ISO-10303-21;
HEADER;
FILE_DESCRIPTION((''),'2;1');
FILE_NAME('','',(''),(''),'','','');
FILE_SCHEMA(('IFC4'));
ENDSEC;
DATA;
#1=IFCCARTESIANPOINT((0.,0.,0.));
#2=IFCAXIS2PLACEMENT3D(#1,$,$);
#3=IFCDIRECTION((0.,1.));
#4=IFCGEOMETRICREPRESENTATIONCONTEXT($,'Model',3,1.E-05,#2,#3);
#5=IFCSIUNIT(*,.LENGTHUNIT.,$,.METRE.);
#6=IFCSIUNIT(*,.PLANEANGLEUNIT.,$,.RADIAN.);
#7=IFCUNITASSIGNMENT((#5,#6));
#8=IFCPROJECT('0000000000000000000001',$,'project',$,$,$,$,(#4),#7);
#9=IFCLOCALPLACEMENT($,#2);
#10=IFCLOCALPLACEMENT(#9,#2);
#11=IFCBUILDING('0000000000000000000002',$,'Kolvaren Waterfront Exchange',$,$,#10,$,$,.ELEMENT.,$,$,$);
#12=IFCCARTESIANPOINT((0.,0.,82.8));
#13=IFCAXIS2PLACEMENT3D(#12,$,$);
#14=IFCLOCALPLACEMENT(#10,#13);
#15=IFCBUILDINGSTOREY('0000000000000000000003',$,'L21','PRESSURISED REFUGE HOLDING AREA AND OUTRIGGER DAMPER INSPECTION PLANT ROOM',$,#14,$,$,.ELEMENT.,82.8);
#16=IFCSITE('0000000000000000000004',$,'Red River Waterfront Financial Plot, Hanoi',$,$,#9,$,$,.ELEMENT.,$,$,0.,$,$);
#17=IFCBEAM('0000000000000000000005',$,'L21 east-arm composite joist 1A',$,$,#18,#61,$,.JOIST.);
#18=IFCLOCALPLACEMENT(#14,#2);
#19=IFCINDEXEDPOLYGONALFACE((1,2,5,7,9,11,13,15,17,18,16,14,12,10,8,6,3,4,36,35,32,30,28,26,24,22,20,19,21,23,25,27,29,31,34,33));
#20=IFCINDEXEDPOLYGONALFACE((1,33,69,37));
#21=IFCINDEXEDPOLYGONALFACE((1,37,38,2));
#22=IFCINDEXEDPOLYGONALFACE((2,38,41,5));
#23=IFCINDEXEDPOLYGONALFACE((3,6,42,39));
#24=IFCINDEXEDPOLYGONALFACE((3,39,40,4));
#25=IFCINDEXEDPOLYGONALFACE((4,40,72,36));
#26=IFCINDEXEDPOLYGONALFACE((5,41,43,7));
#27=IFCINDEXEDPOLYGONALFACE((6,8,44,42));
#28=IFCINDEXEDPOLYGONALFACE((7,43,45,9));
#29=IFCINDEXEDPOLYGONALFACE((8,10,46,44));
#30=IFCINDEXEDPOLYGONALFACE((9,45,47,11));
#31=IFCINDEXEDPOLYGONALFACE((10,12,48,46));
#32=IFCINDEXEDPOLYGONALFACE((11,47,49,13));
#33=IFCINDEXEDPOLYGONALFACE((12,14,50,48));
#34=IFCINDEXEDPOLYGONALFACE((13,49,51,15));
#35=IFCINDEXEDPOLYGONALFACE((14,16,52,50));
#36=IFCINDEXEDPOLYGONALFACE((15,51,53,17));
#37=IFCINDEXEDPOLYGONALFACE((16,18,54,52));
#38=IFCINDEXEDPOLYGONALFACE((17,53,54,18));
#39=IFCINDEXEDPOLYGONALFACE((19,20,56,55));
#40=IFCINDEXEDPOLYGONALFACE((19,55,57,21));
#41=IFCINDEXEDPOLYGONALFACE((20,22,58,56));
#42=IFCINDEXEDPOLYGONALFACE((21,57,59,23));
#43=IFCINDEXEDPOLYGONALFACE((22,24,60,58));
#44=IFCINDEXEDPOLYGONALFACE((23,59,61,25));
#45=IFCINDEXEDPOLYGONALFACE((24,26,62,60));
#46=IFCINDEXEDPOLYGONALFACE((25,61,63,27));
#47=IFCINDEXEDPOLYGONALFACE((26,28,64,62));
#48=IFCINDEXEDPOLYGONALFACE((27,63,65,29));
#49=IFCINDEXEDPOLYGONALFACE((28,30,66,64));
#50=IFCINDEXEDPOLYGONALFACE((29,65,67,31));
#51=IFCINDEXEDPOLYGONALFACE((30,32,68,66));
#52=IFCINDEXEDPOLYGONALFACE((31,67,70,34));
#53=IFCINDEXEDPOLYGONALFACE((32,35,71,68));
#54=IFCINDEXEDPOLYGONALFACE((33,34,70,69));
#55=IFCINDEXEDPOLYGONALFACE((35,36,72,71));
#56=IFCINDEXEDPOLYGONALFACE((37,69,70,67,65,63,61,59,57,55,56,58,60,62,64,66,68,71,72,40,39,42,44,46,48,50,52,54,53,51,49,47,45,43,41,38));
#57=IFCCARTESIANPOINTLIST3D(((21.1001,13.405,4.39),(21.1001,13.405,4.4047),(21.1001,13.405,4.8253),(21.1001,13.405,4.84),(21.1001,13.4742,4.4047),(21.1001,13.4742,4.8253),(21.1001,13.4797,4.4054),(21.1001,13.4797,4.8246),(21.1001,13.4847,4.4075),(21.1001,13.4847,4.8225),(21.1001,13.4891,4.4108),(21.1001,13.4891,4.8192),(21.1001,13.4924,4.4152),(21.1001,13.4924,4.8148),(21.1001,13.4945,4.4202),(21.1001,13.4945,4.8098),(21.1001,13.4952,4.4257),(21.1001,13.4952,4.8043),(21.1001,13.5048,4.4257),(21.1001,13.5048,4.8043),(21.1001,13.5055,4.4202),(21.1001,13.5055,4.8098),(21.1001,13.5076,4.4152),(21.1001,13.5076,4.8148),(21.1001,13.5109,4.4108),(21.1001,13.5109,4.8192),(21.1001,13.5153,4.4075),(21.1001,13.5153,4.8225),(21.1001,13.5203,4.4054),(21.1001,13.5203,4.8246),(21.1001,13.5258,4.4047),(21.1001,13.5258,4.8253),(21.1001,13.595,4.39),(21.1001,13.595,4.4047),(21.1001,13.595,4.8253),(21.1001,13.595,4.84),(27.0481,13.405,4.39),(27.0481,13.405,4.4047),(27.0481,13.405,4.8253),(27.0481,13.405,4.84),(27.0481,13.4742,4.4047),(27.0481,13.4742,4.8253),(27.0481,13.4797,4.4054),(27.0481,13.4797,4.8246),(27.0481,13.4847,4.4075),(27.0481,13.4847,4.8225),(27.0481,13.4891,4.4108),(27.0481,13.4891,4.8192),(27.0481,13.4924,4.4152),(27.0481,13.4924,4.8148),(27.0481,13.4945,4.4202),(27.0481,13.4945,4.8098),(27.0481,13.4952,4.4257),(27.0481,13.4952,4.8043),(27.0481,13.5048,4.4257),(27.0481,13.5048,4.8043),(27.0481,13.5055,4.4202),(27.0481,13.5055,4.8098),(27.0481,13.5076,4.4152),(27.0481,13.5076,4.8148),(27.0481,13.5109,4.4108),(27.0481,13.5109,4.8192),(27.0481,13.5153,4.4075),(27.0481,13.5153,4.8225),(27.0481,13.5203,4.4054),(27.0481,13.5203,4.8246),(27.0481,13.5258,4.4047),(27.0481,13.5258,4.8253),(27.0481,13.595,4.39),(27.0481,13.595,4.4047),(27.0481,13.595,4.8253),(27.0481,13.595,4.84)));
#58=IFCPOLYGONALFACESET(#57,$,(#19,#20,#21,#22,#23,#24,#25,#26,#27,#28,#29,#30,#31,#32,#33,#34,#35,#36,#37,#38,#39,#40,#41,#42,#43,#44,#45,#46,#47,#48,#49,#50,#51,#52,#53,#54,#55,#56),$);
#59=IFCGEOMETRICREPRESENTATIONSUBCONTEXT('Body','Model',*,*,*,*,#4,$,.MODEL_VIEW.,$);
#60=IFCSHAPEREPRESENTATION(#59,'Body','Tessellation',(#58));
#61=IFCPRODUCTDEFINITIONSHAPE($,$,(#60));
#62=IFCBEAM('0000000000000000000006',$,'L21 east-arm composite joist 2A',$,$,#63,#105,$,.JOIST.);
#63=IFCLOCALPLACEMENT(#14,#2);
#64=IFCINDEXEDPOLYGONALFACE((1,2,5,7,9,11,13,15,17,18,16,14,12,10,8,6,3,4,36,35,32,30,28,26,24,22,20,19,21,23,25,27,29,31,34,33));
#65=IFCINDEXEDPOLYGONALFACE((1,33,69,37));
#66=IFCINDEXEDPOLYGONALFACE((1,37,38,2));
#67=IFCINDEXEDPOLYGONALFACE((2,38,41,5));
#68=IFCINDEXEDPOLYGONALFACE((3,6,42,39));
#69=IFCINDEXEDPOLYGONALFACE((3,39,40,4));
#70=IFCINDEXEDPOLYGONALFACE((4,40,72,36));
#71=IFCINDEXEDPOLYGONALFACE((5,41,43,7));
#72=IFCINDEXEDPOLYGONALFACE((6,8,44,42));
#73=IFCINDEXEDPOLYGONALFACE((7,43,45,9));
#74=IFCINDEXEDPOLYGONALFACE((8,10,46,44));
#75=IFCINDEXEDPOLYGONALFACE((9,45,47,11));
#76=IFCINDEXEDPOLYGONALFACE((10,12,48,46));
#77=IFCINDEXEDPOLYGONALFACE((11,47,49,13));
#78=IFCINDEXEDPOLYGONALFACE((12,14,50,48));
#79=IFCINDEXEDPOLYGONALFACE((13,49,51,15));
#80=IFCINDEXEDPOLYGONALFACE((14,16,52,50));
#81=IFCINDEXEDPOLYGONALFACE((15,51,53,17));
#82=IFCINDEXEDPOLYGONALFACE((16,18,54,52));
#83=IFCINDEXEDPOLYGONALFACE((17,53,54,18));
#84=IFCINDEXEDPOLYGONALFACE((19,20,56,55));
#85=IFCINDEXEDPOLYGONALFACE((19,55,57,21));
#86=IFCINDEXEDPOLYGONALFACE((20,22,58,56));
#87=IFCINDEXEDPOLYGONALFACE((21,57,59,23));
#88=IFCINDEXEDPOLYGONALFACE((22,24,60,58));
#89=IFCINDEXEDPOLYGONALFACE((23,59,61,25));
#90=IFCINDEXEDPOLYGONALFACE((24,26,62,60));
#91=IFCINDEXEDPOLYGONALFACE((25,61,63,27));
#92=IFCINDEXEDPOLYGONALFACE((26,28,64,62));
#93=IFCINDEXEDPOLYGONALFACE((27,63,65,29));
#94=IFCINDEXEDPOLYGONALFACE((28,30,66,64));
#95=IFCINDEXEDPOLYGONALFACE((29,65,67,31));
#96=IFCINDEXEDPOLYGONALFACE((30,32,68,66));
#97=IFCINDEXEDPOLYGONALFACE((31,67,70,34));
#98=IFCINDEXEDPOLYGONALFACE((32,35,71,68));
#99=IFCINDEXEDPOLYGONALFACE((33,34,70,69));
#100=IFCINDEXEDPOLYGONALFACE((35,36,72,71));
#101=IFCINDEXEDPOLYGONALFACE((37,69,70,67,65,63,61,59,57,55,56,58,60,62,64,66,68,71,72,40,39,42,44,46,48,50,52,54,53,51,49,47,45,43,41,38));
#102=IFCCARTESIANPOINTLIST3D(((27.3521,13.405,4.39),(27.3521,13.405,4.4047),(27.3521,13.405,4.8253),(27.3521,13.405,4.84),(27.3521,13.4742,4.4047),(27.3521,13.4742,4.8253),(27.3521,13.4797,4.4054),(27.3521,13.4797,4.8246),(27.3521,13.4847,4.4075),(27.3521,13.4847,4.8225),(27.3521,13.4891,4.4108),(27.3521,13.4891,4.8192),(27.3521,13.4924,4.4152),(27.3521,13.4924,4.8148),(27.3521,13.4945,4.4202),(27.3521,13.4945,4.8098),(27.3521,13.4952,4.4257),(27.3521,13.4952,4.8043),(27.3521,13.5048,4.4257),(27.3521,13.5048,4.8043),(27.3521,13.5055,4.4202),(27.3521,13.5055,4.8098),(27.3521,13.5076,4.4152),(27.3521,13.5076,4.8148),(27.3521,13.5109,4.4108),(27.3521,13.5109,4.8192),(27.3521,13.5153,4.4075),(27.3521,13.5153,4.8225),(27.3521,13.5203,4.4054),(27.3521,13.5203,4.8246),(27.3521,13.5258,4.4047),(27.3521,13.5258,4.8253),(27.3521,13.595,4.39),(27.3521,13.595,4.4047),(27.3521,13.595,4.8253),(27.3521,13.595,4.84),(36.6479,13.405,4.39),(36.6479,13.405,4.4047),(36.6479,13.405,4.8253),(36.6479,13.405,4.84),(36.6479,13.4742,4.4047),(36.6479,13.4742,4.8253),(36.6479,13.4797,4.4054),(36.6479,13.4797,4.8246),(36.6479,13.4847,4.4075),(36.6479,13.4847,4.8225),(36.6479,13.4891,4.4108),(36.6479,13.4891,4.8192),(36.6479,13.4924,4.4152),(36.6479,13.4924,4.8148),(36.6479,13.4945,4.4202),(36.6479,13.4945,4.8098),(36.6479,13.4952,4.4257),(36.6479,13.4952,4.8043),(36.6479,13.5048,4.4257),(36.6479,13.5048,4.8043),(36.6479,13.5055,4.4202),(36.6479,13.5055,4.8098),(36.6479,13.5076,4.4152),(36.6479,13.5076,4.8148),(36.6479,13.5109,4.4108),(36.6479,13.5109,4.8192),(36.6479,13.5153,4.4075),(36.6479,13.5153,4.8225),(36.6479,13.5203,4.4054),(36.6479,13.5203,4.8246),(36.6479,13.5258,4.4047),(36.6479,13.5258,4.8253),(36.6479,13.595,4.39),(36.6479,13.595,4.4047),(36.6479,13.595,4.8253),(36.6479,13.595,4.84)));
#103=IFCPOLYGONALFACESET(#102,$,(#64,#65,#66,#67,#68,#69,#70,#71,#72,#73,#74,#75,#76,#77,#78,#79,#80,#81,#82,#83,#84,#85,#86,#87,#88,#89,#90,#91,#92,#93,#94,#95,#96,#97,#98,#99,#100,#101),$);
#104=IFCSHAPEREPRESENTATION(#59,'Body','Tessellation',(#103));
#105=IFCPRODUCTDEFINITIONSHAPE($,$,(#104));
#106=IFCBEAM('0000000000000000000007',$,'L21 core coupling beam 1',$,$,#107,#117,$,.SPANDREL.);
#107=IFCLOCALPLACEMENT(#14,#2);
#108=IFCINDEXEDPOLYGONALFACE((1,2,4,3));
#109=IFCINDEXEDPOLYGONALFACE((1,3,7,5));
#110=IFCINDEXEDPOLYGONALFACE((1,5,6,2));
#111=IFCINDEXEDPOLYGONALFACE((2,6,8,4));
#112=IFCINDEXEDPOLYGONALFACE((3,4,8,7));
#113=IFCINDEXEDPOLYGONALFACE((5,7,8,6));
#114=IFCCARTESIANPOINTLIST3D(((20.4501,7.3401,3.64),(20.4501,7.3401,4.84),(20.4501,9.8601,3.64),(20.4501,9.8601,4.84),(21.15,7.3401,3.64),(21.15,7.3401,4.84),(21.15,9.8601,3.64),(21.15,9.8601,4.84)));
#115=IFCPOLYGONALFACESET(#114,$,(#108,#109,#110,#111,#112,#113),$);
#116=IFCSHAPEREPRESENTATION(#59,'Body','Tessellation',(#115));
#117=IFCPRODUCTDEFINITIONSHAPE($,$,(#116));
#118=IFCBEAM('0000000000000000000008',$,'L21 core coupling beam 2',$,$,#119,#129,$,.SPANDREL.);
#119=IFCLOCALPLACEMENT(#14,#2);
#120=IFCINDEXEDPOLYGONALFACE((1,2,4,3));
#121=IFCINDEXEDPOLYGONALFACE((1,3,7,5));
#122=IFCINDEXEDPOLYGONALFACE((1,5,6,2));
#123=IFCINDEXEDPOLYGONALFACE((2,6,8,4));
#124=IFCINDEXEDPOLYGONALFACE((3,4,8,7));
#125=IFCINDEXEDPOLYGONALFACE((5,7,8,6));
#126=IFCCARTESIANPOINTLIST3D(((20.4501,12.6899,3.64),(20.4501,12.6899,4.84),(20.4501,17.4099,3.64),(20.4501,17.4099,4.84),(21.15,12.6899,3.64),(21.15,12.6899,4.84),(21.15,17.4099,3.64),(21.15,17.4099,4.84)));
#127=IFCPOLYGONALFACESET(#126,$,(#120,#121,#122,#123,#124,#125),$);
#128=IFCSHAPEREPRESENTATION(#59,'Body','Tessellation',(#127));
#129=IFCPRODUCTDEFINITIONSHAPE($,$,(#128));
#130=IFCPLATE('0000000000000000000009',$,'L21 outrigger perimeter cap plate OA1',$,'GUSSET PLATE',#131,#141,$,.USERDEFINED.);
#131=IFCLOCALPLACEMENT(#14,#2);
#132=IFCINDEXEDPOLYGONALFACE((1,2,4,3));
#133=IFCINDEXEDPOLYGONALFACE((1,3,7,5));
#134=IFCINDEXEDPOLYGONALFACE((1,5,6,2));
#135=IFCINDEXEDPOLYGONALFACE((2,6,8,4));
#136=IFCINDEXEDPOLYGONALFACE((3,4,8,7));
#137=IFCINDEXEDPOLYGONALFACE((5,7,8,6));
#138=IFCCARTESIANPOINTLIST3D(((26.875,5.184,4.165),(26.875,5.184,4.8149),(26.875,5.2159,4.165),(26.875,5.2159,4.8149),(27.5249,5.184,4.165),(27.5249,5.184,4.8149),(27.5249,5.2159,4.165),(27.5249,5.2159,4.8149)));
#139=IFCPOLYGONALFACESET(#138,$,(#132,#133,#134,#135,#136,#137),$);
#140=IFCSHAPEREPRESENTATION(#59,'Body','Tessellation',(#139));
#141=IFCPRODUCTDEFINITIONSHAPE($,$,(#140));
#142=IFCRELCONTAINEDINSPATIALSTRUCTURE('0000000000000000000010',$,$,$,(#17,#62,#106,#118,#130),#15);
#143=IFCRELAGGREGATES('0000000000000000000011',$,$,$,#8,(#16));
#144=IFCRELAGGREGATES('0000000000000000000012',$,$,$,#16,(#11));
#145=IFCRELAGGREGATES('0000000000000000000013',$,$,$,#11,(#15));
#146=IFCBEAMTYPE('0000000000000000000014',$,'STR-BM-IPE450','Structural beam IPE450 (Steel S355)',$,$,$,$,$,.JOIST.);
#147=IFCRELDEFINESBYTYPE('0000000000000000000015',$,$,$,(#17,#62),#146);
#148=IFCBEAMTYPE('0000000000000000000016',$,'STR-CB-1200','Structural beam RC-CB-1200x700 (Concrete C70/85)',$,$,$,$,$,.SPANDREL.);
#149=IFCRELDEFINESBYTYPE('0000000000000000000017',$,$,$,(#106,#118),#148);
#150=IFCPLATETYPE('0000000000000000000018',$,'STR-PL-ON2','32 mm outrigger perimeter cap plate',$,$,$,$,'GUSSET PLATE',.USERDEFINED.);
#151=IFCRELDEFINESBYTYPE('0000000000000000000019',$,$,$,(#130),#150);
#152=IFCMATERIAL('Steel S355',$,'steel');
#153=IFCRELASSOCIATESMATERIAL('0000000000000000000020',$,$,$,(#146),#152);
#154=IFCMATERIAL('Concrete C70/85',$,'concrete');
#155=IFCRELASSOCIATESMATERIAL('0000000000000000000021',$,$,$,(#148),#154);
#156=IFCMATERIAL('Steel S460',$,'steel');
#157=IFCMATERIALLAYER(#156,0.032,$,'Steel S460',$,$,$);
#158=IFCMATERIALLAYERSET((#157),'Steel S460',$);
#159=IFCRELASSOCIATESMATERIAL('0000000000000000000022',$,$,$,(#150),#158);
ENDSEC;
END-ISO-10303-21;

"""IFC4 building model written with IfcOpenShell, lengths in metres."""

from ifc_helpers import new_model, si_unit, direction, frame, origin, origin_with_axes, origin_2d, place, context, subcontext, project, spatial, rectangle, i_section, extrude, source, transform, mapped, material, layer, layer_set, material_profile, profile_set, type_object, element, save


model = new_model("IFC4")

# Units and contexts
model_context = context("Model", 3, precision=1e-05, world=origin(), true_north=direction((0.0, 1.0)))
body_context = subcontext(model_context, "Body", "Model", "MODEL_VIEW")
ifc_project = project(units=[si_unit("LENGTHUNIT", "METRE"), si_unit("PLANEANGLEUNIT", "RADIAN")], contexts=[model_context])

# Site, building, storey
site_placement = place(None, origin())
site = spatial("IfcSite", under=ifc_project, at=site_placement, Name="Red River Waterfront Financial Plot, Hanoi", CompositionType="ELEMENT", RefElevation=0.0)
building_placement = place(site_placement, origin())
building = spatial("IfcBuilding", under=site, at=building_placement, Name="Kolvaren Waterfront Exchange", CompositionType="ELEMENT")
storey_placement = place(building_placement, frame((0.0, 0.0, 82.8)))
storey = spatial("IfcBuildingStorey", under=building, at=storey_placement, Name="L21", Description="PRESSURISED REFUGE HOLDING AREA AND OUTRIGGER DAMPER INSPECTION PLANT ROOM", CompositionType="ELEMENT", Elevation=82.8)

# Beams
ifc_material_1 = material(Name="Steel S355", Category="steel")
ifc_material_profile_1 = material_profile(ifc_material_1, i_section(OverallWidth=0.1899, OverallDepth=0.45, WebThickness=0.0095, FlangeThickness=0.0146, FilletRadius=0.021, at=origin_2d()), Name="IPE450")
ifc_profile_set_1 = profile_set([ifc_material_profile_1], Name="Steel S355")
beam_type_1 = type_object("IfcBeamType", Name="STR-BM-IPE450", Description="Structural beam IPE450 (Steel S355)", PredefinedType="JOIST", material=ifc_profile_set_1)
beam_1_placement = place(storey_placement, frame((21.1001, 13.5, 4.615), z_axis=(1.0, 0.0, 0.0), x_axis=(0.0, 1.0, 0.0)))
element("IfcBeam", 1, at=beam_1_placement, inside=storey, type_object=beam_type_1, Name="L21 east-arm composite joist 1A", PredefinedType="JOIST", context=body_context, shape_type="SweptSolid", body=[
    extrude(i_section(OverallWidth=0.1899, OverallDepth=0.45, WebThickness=0.0095, FlangeThickness=0.0146, FilletRadius=0.021, at=origin_2d()), origin(), (0.0, 0.0, 1.0), 5.948),
])
beam_2_placement = place(storey_placement, frame((27.3521, 13.5, 4.615), z_axis=(1.0, 0.0, 0.0), x_axis=(0.0, 1.0, 0.0)))
element("IfcBeam", 2, at=beam_2_placement, inside=storey, type_object=beam_type_1, Name="L21 east-arm composite joist 2A", PredefinedType="JOIST", context=body_context, shape_type="SweptSolid", body=[
    extrude(i_section(OverallWidth=0.1899, OverallDepth=0.45, WebThickness=0.0095, FlangeThickness=0.0146, FilletRadius=0.021, at=origin_2d()), origin(), (0.0, 0.0, 1.0), 9.2959),
])
ifc_material_2 = material(Name="Concrete C70/85", Category="concrete")
ifc_material_profile_2 = material_profile(ifc_material_2, rectangle(XDim=0.7, YDim=1.2, at=origin_2d()), Name="RC-CB-1200x700")
ifc_profile_set_2 = profile_set([ifc_material_profile_2], Name="Concrete C70/85")
beam_type_2 = type_object("IfcBeamType", Name="STR-CB-1200", Description="Structural beam RC-CB-1200x700 (Concrete C70/85)", PredefinedType="SPANDREL", material=ifc_profile_set_2)
beam_3_placement = place(storey_placement, frame((20.8, 7.3401, 4.24), z_axis=(0.0, 1.0, 0.0), x_axis=(-1.0, 0.0, 0.0)))
element("IfcBeam", 3, at=beam_3_placement, inside=storey, type_object=beam_type_2, Name="L21 core coupling beam 1", PredefinedType="SPANDREL", context=body_context, shape_type="SweptSolid", body=[
    extrude(rectangle(XDim=0.7, YDim=1.2, at=origin_2d()), origin(), (0.0, 0.0, 1.0), 2.52),
])
beam_4_placement = place(storey_placement, frame((20.8, 12.6899, 4.24), z_axis=(0.0, 1.0, 0.0), x_axis=(-1.0, 0.0, 0.0)))
element("IfcBeam", 4, at=beam_4_placement, inside=storey, type_object=beam_type_2, Name="L21 core coupling beam 2", PredefinedType="SPANDREL", context=body_context, shape_type="SweptSolid", body=[
    extrude(rectangle(XDim=0.7, YDim=1.2, at=origin_2d()), origin(), (0.0, 0.0, 1.0), 4.72),
])

# Plate
ifc_material_3 = material(Name="Steel S460", Category="steel")
ifc_layer_1 = layer(ifc_material_3, 0.032, Name="Steel S460")
ifc_layer_set_1 = layer_set([ifc_layer_1], Name="Steel S460")
plate_type = type_object("IfcPlateType", Name="STR-PL-ON2", Description="32 mm outrigger perimeter cap plate", ElementType="GUSSET PLATE", PredefinedType="USERDEFINED", material=ifc_layer_set_1)
shared_shape_1 = source(origin_with_axes(), body_context, "Body", "SweptSolid", [
    extrude(rectangle(XDim=0.6499, YDim=0.032, at=origin_2d()), origin(), (0.0, 0.0, 1.0), 0.6499),
])
plate_placement = place(storey_placement, frame((27.2, 5.2, 4.165), z_axis=(0.0, 0.0, 1.0), x_axis=(1.0, 0.0, 0.0)))
element("IfcPlate", 5, at=plate_placement, inside=storey, type_object=plate_type, Name="L21 outrigger perimeter cap plate OA1", ObjectType="GUSSET PLATE", PredefinedType="USERDEFINED", context=body_context, shape_type="MappedRepresentation", body=[
    mapped(shared_shape_1, transform((0.0, 0.0, 0.0), x_axis=(1.0, 0.0, 0.0), y_axis=(0.0, 1.0, 0.0), z_axis=(0.0, 0.0, 1.0), scale=1.0)),
])

save(model, "model.ifc")
